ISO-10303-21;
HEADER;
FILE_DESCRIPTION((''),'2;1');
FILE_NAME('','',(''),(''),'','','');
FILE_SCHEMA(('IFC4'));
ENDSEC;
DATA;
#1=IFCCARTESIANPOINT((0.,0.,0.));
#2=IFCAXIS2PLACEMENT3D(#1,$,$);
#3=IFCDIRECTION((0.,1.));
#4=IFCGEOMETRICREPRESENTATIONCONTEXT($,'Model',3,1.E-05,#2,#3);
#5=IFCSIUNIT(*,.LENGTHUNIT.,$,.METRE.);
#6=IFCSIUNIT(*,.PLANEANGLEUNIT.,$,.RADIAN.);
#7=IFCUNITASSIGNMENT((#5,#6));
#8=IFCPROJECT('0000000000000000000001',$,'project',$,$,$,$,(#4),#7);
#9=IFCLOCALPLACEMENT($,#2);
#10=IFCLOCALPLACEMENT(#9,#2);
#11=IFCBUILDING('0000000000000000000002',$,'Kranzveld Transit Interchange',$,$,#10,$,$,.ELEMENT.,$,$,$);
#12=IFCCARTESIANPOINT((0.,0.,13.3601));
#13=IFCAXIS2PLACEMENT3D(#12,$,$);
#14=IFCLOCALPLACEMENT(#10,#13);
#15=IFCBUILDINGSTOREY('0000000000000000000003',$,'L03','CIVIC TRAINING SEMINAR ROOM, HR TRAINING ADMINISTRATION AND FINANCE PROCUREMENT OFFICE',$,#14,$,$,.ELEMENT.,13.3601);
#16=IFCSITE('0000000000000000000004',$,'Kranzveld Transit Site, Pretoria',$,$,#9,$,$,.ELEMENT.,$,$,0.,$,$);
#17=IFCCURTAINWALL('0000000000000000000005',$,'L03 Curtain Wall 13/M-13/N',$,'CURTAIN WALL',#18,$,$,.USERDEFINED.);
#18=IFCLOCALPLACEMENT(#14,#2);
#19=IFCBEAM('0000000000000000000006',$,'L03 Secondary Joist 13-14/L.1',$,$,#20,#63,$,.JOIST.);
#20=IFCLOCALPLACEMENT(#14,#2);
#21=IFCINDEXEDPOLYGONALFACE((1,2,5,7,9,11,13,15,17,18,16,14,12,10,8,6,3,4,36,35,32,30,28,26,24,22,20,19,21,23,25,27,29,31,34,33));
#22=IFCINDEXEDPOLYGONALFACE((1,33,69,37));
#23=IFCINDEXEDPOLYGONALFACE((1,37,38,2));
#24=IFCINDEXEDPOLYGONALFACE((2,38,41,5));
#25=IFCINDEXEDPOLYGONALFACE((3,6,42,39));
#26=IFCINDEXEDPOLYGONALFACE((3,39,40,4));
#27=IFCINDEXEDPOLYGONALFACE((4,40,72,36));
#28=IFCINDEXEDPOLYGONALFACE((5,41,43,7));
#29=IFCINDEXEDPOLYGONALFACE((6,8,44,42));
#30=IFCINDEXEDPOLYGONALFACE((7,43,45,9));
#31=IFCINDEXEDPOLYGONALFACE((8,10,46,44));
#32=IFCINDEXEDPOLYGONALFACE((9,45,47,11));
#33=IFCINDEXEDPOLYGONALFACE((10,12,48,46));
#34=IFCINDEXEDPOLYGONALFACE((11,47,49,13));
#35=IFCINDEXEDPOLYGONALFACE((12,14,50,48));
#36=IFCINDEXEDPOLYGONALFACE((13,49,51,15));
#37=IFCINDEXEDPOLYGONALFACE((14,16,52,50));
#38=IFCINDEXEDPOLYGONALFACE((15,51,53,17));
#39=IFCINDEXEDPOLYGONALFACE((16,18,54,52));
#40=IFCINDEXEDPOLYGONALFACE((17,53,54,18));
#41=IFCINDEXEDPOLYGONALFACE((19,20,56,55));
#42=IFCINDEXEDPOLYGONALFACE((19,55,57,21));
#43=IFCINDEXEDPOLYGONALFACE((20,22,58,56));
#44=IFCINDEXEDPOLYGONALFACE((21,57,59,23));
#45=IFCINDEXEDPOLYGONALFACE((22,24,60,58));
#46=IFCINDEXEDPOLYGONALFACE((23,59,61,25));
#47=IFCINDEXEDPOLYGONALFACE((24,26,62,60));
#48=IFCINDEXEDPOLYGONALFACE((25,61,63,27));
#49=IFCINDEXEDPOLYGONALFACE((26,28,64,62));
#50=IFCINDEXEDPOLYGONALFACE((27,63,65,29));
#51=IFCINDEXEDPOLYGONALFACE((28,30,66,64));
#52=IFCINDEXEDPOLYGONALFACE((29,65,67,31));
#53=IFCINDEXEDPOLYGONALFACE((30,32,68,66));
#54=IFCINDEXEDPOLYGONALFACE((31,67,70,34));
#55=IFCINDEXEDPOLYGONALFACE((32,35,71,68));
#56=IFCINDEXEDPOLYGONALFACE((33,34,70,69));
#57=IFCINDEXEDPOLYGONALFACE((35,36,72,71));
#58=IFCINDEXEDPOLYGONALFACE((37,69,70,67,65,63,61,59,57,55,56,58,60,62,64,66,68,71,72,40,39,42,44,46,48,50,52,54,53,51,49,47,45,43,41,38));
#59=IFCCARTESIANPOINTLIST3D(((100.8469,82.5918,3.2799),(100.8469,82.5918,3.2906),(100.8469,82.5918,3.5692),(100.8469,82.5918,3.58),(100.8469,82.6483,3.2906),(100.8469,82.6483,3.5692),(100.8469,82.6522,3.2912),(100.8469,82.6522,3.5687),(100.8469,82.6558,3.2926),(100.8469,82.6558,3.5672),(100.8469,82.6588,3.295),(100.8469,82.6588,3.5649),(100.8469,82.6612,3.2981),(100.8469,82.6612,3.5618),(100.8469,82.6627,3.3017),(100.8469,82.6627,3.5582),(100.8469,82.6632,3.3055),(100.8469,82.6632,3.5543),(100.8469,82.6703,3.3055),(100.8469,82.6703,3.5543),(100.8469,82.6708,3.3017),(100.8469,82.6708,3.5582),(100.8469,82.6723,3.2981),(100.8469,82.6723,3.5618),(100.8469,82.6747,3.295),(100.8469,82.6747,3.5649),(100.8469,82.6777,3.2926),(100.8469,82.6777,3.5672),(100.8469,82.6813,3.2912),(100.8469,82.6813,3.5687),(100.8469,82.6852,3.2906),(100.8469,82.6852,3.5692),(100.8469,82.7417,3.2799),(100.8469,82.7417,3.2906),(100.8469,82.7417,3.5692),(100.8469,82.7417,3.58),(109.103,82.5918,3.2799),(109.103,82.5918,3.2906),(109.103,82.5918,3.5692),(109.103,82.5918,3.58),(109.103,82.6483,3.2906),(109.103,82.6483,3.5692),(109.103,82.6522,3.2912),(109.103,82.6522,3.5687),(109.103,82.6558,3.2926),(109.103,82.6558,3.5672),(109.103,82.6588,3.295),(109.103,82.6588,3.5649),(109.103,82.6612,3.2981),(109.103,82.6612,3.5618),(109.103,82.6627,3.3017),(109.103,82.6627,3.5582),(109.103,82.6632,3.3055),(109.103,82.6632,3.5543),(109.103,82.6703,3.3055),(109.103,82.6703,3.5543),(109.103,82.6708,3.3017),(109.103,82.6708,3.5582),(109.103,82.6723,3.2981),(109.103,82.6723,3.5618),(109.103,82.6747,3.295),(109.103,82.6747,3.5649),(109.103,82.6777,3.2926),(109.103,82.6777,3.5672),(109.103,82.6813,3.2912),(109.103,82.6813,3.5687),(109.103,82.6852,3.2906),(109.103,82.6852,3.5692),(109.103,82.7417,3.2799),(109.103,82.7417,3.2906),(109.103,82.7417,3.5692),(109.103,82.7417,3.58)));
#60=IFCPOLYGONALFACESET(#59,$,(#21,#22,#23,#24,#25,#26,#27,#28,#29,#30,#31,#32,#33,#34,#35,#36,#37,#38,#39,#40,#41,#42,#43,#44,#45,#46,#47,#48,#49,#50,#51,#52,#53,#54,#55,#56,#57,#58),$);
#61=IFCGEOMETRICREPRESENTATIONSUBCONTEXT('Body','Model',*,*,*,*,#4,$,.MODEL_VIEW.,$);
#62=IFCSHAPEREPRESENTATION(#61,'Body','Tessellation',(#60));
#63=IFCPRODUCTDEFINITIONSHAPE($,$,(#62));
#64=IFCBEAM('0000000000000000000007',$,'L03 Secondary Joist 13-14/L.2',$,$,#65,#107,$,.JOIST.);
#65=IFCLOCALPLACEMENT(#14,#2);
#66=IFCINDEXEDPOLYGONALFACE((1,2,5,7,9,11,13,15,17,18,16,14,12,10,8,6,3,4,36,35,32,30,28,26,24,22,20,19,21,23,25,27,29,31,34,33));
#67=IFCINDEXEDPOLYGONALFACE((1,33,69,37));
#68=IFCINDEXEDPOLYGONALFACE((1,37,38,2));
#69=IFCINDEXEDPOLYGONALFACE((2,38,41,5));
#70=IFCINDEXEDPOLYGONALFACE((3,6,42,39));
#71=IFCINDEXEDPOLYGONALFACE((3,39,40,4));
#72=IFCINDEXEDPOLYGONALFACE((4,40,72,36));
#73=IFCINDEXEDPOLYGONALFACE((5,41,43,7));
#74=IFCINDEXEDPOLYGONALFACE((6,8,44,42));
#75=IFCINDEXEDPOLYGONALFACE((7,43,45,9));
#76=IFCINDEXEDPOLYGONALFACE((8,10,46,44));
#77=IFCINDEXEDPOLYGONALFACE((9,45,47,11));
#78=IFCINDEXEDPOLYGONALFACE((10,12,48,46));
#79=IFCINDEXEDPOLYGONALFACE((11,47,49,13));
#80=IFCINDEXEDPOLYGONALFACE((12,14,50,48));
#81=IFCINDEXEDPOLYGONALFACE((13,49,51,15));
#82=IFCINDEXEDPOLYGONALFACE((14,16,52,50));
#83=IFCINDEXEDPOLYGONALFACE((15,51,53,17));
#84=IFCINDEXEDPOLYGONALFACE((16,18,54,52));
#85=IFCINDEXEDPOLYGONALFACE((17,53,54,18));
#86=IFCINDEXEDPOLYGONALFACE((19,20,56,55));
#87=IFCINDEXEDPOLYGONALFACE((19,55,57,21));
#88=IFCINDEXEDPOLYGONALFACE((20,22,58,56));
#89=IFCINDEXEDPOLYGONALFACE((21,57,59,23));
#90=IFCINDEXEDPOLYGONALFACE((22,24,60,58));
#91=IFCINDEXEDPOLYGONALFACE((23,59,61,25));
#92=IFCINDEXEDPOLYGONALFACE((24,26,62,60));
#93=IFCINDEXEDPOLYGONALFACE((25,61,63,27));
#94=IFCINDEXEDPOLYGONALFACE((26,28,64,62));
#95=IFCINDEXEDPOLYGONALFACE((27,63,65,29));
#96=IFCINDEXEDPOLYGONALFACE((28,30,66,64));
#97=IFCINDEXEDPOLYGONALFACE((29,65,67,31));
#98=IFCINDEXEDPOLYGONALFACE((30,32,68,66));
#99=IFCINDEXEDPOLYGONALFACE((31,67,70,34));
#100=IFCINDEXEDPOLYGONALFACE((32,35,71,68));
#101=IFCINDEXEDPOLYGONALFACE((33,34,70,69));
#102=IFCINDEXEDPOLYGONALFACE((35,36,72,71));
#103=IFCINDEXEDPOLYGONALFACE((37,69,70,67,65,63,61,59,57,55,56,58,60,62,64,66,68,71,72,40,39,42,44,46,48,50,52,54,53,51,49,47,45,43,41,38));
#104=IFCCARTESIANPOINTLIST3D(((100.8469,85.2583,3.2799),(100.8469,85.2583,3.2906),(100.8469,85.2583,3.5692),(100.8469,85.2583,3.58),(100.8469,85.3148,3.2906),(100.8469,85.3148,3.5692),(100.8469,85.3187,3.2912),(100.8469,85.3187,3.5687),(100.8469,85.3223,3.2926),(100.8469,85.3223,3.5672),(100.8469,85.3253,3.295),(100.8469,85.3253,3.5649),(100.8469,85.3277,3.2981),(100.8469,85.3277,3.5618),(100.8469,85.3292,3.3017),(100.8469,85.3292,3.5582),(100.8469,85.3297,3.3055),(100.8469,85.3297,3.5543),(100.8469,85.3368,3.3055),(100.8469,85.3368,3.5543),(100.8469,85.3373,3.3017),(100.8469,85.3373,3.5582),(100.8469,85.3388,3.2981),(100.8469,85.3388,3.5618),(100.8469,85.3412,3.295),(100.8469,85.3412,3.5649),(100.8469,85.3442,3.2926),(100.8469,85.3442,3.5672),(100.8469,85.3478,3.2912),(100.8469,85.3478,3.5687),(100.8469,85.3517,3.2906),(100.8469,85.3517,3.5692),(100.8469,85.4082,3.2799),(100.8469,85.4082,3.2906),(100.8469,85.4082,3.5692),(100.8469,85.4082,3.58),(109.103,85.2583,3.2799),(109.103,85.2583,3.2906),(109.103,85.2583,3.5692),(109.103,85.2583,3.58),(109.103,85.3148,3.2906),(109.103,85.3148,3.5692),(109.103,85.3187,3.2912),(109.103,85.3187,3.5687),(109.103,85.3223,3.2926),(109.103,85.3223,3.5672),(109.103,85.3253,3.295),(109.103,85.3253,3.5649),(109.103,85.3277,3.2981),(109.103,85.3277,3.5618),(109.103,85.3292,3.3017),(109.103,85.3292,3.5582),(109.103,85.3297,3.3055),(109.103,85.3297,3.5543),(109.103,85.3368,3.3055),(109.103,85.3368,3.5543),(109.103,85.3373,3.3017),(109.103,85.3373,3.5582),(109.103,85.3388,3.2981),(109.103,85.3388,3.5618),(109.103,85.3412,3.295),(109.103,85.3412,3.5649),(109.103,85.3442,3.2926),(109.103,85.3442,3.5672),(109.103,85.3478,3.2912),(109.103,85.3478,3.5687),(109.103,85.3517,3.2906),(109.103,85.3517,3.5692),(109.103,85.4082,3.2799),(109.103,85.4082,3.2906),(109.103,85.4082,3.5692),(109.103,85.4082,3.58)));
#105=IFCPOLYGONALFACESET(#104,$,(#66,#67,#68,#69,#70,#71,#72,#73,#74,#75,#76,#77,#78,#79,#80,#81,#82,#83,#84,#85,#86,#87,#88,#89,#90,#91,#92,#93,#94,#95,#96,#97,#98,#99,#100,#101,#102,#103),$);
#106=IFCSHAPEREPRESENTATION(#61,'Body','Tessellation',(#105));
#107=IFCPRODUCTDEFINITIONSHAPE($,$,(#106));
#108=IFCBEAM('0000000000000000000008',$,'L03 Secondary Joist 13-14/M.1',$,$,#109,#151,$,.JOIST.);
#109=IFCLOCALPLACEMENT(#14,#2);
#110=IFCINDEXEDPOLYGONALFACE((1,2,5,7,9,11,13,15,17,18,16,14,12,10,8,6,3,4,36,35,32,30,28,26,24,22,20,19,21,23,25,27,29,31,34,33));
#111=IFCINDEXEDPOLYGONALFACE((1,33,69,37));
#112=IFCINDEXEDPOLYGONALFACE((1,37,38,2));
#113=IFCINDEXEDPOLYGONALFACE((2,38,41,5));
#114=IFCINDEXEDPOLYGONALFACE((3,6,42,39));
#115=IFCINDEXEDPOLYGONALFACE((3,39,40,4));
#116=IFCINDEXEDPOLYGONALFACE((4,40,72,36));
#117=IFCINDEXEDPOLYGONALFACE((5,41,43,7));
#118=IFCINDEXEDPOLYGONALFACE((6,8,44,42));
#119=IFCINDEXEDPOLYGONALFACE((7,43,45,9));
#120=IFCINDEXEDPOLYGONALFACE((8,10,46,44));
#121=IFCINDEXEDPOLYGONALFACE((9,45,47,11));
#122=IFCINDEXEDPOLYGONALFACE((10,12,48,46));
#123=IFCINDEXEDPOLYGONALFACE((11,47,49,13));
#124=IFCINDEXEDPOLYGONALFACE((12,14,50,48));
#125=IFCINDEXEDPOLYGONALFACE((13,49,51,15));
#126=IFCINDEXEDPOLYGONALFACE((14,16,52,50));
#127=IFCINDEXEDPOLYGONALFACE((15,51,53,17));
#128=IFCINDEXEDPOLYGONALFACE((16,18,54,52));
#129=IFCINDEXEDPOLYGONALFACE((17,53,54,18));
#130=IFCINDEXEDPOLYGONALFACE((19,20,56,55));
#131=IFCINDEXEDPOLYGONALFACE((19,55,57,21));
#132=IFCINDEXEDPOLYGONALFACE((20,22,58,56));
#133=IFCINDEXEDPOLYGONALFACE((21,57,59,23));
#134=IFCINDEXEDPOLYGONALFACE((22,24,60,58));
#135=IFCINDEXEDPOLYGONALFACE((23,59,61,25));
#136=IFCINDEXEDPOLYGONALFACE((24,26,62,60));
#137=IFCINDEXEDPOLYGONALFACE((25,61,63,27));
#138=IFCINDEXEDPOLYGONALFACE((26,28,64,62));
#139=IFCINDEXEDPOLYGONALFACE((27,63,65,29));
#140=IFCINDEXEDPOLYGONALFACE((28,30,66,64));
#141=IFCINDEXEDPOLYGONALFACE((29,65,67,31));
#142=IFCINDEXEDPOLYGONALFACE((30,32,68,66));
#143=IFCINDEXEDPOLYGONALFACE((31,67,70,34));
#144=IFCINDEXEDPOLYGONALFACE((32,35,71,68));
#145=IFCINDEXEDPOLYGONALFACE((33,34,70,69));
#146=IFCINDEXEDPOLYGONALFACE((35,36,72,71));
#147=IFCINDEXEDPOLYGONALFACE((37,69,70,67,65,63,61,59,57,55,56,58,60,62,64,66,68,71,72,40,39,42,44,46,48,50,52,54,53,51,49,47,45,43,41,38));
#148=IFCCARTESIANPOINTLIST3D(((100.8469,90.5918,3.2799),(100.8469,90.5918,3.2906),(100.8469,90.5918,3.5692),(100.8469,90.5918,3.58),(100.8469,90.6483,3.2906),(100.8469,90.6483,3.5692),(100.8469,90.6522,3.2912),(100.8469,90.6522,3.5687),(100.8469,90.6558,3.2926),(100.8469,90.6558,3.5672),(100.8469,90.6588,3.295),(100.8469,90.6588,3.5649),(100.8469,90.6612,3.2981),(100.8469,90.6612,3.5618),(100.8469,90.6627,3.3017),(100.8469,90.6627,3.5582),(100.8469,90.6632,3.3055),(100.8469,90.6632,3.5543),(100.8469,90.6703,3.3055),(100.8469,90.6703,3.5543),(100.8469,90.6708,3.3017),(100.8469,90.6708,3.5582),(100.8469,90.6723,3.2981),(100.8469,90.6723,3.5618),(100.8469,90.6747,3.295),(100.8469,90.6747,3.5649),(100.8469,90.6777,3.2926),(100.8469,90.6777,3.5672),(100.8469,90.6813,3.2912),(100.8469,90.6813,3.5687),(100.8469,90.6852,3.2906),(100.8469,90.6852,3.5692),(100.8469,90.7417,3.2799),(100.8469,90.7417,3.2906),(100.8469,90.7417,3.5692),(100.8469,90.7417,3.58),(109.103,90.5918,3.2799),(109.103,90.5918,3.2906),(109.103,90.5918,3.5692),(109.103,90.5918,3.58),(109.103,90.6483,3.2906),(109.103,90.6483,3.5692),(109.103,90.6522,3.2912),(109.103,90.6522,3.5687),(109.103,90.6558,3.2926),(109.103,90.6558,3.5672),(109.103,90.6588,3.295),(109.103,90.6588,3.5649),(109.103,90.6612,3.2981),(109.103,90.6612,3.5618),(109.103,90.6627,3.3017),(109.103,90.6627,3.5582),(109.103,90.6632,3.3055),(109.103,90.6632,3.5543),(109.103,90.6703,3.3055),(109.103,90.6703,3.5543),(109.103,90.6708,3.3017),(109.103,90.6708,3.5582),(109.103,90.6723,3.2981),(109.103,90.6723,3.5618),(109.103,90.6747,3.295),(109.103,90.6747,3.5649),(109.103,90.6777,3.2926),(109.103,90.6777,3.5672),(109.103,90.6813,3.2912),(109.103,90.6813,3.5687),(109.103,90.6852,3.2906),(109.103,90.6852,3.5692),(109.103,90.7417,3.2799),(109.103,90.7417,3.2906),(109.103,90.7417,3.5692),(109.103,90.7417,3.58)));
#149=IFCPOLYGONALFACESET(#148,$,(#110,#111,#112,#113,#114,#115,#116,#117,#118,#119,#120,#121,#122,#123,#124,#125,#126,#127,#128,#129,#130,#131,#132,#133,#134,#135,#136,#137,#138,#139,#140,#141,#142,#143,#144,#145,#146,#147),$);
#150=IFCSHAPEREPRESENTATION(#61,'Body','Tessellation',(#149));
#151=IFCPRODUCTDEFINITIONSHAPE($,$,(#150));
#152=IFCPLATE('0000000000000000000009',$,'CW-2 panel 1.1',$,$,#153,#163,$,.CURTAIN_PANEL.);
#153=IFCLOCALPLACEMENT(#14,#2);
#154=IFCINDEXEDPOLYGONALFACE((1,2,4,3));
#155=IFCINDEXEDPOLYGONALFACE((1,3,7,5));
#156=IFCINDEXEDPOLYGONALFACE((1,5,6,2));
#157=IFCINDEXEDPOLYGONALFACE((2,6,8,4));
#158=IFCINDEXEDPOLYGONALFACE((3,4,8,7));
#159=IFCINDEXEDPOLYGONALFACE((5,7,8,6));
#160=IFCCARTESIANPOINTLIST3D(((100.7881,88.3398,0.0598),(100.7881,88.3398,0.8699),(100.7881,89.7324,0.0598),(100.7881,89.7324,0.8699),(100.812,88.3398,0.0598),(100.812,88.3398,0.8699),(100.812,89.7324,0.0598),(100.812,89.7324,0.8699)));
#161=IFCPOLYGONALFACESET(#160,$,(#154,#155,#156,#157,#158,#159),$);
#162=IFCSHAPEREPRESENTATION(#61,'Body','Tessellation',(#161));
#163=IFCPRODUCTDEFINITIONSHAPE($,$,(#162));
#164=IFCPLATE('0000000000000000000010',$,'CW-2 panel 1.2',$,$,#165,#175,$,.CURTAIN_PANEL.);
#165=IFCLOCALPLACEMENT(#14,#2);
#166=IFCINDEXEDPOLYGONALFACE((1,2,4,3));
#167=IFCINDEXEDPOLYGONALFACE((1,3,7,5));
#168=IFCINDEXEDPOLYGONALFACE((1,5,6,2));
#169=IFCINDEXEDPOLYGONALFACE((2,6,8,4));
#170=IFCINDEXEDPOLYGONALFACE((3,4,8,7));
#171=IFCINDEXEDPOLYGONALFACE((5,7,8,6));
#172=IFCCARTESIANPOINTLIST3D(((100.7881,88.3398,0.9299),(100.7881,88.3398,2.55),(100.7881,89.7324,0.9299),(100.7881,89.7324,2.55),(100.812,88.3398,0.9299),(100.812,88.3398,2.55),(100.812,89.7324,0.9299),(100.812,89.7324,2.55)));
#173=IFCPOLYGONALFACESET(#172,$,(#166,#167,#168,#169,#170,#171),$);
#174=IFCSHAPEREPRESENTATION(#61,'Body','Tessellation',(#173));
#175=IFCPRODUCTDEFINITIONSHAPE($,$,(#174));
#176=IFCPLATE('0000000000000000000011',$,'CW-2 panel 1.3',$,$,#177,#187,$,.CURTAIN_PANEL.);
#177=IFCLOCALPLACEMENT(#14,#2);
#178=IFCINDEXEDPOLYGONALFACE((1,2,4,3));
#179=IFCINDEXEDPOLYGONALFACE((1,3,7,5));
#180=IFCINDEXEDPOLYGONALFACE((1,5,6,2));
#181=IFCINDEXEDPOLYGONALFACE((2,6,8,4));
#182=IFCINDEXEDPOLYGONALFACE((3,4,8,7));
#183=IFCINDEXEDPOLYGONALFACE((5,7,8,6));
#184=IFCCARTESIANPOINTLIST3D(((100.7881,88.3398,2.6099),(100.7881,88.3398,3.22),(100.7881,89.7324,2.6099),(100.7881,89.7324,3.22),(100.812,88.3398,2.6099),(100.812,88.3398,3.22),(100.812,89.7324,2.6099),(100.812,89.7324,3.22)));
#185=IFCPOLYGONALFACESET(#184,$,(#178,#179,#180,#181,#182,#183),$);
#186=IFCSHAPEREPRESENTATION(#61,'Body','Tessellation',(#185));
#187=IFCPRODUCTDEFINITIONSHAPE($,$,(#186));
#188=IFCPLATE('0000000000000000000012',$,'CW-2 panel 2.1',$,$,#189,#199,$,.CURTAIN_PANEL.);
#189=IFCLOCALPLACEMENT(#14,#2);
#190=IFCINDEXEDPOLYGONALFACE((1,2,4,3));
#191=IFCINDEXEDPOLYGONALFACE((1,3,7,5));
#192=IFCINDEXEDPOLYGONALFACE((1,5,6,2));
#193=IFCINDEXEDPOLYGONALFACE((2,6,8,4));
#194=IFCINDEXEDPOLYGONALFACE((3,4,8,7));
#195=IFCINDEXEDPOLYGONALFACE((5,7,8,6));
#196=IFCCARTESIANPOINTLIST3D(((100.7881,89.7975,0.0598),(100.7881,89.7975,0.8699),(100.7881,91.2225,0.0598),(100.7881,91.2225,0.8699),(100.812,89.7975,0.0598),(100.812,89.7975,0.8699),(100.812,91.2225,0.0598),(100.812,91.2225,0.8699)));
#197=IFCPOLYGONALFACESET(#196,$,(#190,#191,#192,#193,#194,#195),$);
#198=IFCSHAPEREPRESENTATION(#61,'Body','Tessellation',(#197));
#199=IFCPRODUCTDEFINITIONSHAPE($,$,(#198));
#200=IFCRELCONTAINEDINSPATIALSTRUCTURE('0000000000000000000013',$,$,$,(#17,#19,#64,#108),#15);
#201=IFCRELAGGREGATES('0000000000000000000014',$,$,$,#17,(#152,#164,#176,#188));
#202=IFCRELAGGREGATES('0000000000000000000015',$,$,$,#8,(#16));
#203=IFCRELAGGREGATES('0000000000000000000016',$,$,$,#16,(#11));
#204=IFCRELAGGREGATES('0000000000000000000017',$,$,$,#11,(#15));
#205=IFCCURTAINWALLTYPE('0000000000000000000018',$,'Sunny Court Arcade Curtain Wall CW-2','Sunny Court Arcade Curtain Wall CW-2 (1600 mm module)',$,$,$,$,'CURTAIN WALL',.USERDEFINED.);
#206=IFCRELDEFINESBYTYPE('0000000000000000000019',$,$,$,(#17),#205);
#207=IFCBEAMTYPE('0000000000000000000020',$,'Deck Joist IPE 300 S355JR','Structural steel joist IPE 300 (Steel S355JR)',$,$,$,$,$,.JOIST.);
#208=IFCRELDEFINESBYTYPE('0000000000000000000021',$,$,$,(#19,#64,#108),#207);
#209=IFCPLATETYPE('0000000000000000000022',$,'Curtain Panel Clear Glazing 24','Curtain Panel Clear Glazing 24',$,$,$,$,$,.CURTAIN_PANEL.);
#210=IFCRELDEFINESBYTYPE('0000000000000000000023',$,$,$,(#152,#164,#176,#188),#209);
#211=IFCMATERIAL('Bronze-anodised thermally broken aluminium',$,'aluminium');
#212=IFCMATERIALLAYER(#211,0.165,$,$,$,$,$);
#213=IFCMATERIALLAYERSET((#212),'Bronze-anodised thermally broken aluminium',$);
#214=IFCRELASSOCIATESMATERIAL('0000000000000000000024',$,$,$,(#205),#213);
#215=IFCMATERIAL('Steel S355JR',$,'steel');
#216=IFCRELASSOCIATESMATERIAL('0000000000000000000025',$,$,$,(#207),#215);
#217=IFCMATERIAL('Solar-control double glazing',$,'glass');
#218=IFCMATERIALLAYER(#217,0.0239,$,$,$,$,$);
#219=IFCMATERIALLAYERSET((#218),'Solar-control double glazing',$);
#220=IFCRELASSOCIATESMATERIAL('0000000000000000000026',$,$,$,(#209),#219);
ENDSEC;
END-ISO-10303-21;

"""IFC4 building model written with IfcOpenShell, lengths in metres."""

from ifc_helpers import new_model, si_unit, direction, frame, origin, origin_2d, place, context, subcontext, project, spatial, rectangle, i_section, extrude, material, layer, layer_set, material_profile, profile_set, type_object, element, aggregate, save


model = new_model("IFC4")

# Units and contexts
model_context = context("Model", 3, precision=1e-05, world=origin(), true_north=direction((0.0, 1.0)))
body_context = subcontext(model_context, "Body", "Model", "MODEL_VIEW")
ifc_project = project(units=[si_unit("LENGTHUNIT", "METRE"), si_unit("PLANEANGLEUNIT", "RADIAN")], contexts=[model_context])

# Site, building, storey
site_placement = place(None, origin())
site = spatial("IfcSite", under=ifc_project, at=site_placement, Name="Kranzveld Transit Site, Pretoria", CompositionType="ELEMENT", RefElevation=0.0)
building_placement = place(site_placement, origin())
building = spatial("IfcBuilding", under=site, at=building_placement, Name="Kranzveld Transit Interchange", CompositionType="ELEMENT")
storey_placement = place(building_placement, frame((0.0, 0.0, 13.3601)))
storey = spatial("IfcBuildingStorey", under=building, at=storey_placement, Name="L03", Description="CIVIC TRAINING SEMINAR ROOM, HR TRAINING ADMINISTRATION AND FINANCE PROCUREMENT OFFICE", CompositionType="ELEMENT", Elevation=13.3601)

# Curtain wall
ifc_material_1 = material(Name="Bronze-anodised thermally broken aluminium", Category="aluminium")
ifc_layer_1 = layer(ifc_material_1, 0.165)
ifc_layer_set_1 = layer_set([ifc_layer_1], Name="Bronze-anodised thermally broken aluminium")
curtain_wall_type = type_object("IfcCurtainWallType", Name="Sunny Court Arcade Curtain Wall CW-2", Description="Sunny Court Arcade Curtain Wall CW-2 (1600 mm module)", ElementType="CURTAIN WALL", PredefinedType="USERDEFINED", material=ifc_layer_set_1)
curtain_wall_placement = place(storey_placement, origin())
curtain_wall = element("IfcCurtainWall", 1, at=curtain_wall_placement, inside=storey, type_object=curtain_wall_type, Name="L03 Curtain Wall 13/M-13/N", ObjectType="CURTAIN WALL", PredefinedType="USERDEFINED")

# Beams
ifc_material_2 = material(Name="Steel S355JR", Category="steel")
ifc_material_profile_1 = material_profile(ifc_material_2, i_section(OverallWidth=0.1499, OverallDepth=0.3, WebThickness=0.0071, FlangeThickness=0.0107, FilletRadius=0.0149, at=origin_2d()), Name="IPE 300")
ifc_profile_set_1 = profile_set([ifc_material_profile_1], Name="Steel S355JR")
beam_type = type_object("IfcBeamType", Name="Deck Joist IPE 300 S355JR", Description="Structural steel joist IPE 300 (Steel S355JR)", PredefinedType="JOIST", material=ifc_profile_set_1)
for number, where, z_axis, x_axis, name in (
    (2, (100.8469, 82.6667, 3.4299), (1.0, 0.0, 0.0), (0.0, 1.0, 0.0), "L03 Secondary Joist 13-14/L.1"),
    (3, (100.8469, 85.3333, 3.4299), (1.0, 0.0, 0.0), (0.0, 1.0, 0.0), "L03 Secondary Joist 13-14/L.2"),
    (4, (100.8469, 90.6667, 3.4299), (1.0, 0.0, 0.0), (0.0, 1.0, 0.0), "L03 Secondary Joist 13-14/M.1"),
):
    element("IfcBeam", number, at=place(storey_placement, frame(where, z_axis=z_axis, x_axis=x_axis)), inside=storey, type_object=beam_type, Name=name, PredefinedType="JOIST", context=body_context, shape_type="SweptSolid", body=[
        extrude(i_section(OverallWidth=0.1499, OverallDepth=0.3, WebThickness=0.0071, FlangeThickness=0.0107, FilletRadius=0.0149, at=origin_2d()), origin(), (0.0, 0.0, 1.0), 8.2561),
    ])

# Plates
ifc_material_3 = material(Name="Solar-control double glazing", Category="glass")
ifc_layer_2 = layer(ifc_material_3, 0.0239)
ifc_layer_set_2 = layer_set([ifc_layer_2], Name="Solar-control double glazing")
plate_type = type_object("IfcPlateType", Name="Curtain Panel Clear Glazing 24", Description="Curtain Panel Clear Glazing 24", PredefinedType="CURTAIN_PANEL", material=ifc_layer_set_2)
plate_1_placement = place(storey_placement, frame((100.8, 89.0361, 0.0598), z_axis=(0.0, 0.0, 1.0), x_axis=(0.0, 1.0, 0.0)))
plate_1 = element("IfcPlate", 5, at=plate_1_placement, type_object=plate_type, Name="CW-2 panel 1.1", PredefinedType="CURTAIN_PANEL", context=body_context, shape_type="SweptSolid", body=[
    extrude(rectangle(XDim=1.3926, YDim=0.0239, at=origin_2d()), origin(), (0.0, 0.0, 1.0), 0.8101),
])
plate_2_placement = place(storey_placement, frame((100.8, 89.0361, 0.9299), z_axis=(0.0, 0.0, 1.0), x_axis=(0.0, 1.0, 0.0)))
plate_2 = element("IfcPlate", 6, at=plate_2_placement, type_object=plate_type, Name="CW-2 panel 1.2", PredefinedType="CURTAIN_PANEL", context=body_context, shape_type="SweptSolid", body=[
    extrude(rectangle(XDim=1.3926, YDim=0.0239, at=origin_2d()), origin(), (0.0, 0.0, 1.0), 1.6201),
])
plate_3_placement = place(storey_placement, frame((100.8, 89.0361, 2.6099), z_axis=(0.0, 0.0, 1.0), x_axis=(0.0, 1.0, 0.0)))
plate_3 = element("IfcPlate", 7, at=plate_3_placement, type_object=plate_type, Name="CW-2 panel 1.3", PredefinedType="CURTAIN_PANEL", context=body_context, shape_type="SweptSolid", body=[
    extrude(rectangle(XDim=1.3926, YDim=0.0239, at=origin_2d()), origin(), (0.0, 0.0, 1.0), 0.6101),
])
plate_4_placement = place(storey_placement, frame((100.8, 90.51, 0.0598), z_axis=(0.0, 0.0, 1.0), x_axis=(0.0, 1.0, 0.0)))
plate_4 = element("IfcPlate", 8, at=plate_4_placement, type_object=plate_type, Name="CW-2 panel 2.1", PredefinedType="CURTAIN_PANEL", context=body_context, shape_type="SweptSolid", body=[
    extrude(rectangle(XDim=1.425, YDim=0.0239, at=origin_2d()), origin(), (0.0, 0.0, 1.0), 0.8101),
])
aggregate(curtain_wall, [plate_1, plate_2, plate_3, plate_4])

save(model, "model.ifc")
